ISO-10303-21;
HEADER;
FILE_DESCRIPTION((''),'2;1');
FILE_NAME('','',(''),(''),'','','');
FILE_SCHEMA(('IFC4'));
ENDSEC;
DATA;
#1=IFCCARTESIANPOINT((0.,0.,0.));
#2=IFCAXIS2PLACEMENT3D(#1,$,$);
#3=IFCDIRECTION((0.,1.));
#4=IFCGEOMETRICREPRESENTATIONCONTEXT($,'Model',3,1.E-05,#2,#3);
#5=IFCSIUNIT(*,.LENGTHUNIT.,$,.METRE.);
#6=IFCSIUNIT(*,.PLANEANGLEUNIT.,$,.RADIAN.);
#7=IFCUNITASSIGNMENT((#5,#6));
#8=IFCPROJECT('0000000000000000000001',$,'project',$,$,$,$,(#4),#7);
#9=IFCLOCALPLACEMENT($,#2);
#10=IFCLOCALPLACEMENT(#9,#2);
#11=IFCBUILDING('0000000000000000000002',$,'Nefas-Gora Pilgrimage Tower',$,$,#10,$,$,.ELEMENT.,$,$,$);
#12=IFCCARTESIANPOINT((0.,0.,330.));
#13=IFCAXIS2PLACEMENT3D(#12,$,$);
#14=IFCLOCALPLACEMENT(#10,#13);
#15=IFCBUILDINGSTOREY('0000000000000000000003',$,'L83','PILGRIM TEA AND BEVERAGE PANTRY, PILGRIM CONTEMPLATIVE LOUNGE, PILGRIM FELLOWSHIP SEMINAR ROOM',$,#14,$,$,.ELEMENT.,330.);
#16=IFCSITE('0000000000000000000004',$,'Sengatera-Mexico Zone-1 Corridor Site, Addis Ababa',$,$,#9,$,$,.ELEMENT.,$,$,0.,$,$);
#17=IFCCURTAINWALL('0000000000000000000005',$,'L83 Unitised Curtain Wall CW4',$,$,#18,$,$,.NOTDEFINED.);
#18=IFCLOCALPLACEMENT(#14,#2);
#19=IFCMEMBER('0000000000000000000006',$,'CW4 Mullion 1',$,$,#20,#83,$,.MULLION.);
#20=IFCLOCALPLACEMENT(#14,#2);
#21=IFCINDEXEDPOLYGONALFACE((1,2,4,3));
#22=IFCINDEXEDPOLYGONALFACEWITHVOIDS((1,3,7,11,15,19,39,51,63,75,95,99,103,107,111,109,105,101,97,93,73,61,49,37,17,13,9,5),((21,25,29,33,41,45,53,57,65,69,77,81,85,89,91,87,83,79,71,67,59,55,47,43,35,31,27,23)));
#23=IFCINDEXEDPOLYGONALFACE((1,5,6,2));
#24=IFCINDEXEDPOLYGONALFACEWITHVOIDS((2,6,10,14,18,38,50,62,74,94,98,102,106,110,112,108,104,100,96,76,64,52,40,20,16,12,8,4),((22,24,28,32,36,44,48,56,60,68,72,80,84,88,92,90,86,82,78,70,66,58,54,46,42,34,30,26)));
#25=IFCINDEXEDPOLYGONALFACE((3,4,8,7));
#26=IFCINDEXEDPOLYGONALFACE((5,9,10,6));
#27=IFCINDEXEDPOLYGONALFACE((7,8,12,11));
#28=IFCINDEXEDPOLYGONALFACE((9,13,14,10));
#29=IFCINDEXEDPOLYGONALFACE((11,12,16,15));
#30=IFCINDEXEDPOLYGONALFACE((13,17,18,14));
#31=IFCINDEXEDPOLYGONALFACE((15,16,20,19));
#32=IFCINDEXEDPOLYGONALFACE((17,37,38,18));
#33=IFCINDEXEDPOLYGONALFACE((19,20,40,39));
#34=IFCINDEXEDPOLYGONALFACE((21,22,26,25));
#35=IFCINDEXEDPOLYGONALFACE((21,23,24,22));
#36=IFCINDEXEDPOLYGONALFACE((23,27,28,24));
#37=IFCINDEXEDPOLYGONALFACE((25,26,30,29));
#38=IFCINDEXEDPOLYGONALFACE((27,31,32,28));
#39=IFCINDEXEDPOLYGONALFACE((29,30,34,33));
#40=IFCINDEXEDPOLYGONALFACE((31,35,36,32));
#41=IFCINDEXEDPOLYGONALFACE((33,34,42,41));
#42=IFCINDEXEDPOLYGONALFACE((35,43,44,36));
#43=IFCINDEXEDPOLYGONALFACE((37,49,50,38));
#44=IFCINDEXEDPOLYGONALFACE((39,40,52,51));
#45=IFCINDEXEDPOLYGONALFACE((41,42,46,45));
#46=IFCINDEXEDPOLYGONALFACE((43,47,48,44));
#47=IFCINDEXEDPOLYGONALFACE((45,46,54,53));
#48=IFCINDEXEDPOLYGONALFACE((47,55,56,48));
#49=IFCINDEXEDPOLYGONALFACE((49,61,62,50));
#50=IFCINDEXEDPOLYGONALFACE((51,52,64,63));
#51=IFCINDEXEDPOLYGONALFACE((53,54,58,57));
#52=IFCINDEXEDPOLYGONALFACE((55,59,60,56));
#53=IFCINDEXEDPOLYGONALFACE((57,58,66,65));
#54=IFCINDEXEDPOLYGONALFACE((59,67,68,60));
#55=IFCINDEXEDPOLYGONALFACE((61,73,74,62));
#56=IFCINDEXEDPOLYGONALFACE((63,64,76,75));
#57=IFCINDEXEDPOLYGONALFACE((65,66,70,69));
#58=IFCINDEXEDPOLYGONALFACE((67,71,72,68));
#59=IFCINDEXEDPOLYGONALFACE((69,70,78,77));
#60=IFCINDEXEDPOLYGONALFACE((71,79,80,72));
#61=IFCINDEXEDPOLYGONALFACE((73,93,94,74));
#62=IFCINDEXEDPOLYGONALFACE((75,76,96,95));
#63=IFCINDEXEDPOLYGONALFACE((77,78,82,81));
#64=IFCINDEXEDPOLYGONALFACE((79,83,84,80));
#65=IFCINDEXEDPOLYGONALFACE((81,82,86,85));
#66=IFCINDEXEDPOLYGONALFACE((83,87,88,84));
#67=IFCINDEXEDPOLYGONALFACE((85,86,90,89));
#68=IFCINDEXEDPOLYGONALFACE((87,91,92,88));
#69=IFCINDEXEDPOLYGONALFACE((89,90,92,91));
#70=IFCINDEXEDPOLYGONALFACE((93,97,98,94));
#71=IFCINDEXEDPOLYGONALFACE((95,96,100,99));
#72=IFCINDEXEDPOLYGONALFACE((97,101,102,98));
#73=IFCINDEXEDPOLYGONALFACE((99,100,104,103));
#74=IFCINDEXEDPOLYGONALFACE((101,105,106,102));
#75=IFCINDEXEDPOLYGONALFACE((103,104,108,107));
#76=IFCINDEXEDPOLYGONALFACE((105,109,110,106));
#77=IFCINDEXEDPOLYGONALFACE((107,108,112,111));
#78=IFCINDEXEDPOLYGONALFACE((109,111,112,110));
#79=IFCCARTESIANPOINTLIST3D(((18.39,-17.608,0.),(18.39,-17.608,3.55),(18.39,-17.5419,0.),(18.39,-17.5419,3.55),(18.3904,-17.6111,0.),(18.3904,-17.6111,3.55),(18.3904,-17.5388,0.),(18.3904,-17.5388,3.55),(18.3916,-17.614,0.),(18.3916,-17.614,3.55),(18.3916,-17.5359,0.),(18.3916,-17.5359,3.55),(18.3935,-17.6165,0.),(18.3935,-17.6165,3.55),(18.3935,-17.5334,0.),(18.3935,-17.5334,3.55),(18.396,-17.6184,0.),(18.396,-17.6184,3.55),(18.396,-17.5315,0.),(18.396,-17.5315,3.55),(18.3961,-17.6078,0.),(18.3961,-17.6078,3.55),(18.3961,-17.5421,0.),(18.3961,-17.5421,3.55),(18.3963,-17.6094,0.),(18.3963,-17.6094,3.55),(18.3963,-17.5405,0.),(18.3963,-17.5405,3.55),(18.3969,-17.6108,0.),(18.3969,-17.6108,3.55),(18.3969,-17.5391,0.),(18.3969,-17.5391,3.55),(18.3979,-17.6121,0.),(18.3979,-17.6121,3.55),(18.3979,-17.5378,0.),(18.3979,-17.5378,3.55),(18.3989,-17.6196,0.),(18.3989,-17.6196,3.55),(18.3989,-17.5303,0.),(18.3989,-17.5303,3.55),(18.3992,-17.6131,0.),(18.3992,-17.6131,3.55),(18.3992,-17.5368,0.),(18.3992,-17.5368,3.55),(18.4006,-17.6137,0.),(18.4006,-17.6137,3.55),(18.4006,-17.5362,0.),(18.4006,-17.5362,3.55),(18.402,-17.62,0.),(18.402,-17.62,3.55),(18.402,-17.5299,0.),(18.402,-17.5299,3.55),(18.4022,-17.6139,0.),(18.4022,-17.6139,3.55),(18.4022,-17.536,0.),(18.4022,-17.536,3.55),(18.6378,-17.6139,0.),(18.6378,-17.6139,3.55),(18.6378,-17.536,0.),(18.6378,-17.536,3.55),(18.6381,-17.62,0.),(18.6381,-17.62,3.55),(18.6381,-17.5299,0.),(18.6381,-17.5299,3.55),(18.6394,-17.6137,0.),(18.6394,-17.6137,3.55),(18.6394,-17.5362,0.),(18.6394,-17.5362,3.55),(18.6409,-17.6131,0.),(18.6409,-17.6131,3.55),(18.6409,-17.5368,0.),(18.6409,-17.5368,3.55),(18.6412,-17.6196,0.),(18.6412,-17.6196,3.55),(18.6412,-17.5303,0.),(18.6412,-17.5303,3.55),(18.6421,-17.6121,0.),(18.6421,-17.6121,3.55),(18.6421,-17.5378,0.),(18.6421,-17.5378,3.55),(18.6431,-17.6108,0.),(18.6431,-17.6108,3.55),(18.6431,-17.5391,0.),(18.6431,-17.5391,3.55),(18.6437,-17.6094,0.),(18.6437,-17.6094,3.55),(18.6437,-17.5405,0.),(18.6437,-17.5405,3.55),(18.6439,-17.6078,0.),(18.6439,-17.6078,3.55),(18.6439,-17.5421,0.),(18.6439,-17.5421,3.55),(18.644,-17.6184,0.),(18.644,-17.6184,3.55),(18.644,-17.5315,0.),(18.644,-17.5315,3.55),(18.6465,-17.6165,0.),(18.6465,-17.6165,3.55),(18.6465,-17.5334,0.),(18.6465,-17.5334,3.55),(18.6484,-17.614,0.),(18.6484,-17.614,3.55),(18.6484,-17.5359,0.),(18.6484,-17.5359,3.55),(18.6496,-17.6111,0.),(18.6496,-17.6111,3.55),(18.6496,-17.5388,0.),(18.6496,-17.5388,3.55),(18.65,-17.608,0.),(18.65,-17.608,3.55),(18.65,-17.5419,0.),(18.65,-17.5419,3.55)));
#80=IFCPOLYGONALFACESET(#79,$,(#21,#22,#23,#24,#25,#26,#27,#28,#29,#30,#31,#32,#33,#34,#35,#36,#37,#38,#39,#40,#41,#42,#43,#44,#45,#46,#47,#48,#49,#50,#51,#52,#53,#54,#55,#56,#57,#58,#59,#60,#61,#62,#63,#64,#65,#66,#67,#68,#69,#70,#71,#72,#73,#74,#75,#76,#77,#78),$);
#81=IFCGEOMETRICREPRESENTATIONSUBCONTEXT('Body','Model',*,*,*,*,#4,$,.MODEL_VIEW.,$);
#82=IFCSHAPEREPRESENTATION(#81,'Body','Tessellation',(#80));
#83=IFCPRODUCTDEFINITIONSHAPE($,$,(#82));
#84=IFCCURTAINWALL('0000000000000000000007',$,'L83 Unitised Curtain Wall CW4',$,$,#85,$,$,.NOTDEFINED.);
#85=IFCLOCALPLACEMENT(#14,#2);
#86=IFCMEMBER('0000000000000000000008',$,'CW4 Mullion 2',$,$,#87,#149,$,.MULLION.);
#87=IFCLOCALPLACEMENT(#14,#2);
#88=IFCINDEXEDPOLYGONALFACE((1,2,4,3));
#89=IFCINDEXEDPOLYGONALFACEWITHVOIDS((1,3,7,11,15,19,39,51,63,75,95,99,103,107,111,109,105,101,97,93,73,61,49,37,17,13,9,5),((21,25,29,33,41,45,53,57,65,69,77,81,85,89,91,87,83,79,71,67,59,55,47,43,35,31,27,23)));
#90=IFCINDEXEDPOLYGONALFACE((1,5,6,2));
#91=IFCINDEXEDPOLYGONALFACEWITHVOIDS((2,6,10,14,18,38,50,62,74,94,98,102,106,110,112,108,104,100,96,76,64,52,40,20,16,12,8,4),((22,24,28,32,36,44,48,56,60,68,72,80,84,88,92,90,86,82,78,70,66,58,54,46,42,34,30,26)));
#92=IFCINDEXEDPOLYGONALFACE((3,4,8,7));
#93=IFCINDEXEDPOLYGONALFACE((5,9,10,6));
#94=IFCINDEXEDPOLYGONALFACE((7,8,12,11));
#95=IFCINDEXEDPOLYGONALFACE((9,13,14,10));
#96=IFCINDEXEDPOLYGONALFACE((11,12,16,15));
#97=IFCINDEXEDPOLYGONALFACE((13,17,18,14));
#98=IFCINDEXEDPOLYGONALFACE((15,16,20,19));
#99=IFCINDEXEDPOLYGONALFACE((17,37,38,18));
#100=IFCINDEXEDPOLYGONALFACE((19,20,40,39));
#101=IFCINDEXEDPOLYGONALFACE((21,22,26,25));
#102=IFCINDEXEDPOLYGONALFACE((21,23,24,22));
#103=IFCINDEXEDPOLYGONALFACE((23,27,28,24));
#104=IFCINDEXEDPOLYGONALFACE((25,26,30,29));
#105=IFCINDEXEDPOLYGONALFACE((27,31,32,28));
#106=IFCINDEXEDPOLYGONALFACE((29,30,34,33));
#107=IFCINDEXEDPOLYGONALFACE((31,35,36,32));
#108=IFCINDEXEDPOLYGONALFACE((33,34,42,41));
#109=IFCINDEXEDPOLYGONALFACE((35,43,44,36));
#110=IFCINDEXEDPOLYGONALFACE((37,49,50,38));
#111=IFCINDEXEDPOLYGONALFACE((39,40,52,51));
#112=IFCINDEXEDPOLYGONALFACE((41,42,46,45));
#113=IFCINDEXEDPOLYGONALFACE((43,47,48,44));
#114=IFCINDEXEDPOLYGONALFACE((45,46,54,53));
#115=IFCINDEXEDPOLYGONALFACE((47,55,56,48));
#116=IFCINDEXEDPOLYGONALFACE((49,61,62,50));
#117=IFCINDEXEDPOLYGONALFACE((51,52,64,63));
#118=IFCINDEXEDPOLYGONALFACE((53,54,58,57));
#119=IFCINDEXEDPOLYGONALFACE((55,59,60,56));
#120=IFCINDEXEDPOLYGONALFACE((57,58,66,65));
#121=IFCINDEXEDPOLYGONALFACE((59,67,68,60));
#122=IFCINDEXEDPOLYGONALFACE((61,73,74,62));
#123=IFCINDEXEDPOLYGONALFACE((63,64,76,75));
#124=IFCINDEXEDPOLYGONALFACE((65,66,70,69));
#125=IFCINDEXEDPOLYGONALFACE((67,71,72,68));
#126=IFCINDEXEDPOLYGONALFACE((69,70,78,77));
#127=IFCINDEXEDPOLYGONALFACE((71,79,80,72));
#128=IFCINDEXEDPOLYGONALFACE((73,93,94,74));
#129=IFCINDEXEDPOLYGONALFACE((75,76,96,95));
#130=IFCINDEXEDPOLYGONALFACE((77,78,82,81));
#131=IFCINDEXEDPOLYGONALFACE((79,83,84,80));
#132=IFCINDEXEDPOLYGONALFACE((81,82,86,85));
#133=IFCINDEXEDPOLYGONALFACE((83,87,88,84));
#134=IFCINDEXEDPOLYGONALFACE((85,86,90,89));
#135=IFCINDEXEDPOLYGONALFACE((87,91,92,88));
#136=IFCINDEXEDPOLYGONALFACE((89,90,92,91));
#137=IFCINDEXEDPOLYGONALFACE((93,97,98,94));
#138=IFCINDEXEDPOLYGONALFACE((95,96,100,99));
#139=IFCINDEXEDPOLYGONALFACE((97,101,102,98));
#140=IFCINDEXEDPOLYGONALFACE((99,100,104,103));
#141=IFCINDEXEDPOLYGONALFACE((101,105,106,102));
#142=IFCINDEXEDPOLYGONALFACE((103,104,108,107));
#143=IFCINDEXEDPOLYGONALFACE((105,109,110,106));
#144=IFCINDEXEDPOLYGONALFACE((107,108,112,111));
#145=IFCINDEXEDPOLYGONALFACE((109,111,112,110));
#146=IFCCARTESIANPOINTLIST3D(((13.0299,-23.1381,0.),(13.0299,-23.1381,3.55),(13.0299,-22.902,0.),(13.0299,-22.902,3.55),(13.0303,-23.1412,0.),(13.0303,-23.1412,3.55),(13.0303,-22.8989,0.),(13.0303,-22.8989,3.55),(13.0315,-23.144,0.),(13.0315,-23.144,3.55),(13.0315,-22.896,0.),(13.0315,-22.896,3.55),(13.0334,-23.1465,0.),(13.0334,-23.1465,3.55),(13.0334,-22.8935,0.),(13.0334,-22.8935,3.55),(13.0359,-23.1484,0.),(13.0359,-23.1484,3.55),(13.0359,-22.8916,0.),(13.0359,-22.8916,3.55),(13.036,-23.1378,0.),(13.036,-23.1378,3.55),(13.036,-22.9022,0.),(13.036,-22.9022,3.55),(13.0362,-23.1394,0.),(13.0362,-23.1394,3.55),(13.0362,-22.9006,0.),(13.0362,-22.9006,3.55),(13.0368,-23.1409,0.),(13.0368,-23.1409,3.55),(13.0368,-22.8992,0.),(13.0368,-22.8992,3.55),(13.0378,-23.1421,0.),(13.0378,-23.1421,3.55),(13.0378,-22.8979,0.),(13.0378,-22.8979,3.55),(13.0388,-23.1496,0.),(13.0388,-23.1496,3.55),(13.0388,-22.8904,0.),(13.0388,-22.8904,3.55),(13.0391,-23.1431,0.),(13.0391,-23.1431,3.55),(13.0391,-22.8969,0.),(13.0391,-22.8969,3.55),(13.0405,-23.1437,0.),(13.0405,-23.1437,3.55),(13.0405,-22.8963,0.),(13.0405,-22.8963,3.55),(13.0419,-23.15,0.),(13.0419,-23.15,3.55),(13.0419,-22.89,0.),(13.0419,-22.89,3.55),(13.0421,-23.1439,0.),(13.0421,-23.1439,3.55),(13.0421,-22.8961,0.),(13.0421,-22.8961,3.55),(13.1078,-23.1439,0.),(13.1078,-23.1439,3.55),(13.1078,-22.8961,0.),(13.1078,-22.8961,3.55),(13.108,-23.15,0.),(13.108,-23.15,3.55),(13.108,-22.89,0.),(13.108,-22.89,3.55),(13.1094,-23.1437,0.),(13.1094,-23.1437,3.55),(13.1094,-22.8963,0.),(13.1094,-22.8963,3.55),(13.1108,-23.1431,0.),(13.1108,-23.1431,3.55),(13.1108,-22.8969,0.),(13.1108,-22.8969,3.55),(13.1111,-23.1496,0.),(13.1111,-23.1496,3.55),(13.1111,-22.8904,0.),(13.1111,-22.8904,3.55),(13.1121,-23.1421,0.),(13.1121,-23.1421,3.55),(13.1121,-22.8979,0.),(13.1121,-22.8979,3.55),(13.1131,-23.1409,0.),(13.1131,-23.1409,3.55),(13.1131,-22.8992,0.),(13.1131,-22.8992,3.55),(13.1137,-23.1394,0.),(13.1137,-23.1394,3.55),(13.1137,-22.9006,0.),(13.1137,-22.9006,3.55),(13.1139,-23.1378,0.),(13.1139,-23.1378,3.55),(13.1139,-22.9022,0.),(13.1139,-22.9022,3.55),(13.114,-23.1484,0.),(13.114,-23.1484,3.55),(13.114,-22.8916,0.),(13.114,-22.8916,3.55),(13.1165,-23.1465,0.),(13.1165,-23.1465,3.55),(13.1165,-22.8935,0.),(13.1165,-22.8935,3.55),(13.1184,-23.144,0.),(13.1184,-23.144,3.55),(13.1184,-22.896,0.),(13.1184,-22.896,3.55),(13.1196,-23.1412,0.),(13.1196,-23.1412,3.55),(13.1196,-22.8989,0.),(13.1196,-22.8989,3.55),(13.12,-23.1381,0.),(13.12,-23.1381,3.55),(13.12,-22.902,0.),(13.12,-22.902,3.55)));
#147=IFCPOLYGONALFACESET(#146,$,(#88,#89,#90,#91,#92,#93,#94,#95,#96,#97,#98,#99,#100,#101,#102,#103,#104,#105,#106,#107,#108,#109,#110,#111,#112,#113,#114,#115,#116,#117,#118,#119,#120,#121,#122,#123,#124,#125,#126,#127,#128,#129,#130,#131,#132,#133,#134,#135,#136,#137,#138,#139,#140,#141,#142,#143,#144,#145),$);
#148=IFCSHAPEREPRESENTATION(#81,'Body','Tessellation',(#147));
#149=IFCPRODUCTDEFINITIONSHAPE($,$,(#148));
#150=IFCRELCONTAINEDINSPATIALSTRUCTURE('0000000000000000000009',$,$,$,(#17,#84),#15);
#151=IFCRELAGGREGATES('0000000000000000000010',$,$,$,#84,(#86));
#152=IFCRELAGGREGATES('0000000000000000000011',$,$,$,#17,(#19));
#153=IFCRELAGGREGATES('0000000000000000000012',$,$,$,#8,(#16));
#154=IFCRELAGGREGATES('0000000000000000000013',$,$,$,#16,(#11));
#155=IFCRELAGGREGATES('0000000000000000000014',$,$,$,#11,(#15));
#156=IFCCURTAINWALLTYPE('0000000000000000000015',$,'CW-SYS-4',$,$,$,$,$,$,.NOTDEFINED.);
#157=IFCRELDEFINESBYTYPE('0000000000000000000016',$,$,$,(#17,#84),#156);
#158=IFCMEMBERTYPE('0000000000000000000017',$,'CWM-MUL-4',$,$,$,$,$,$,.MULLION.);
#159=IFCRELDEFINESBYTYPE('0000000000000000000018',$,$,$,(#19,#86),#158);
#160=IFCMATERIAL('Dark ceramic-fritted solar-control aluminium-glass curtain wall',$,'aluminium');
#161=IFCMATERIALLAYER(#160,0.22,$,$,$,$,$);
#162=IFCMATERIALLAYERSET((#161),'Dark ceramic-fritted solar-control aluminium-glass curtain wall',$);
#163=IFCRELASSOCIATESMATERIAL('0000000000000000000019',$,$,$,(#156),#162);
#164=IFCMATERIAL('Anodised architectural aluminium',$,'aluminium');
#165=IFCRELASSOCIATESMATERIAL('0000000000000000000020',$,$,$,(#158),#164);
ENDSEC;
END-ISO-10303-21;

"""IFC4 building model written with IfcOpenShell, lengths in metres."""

from ifc_helpers import new_model, si_unit, direction, frame, origin, origin_2d, place, context, subcontext, project, spatial, hollow_rectangle, extrude, source, transform, mapped, material, layer, layer_set, material_profile, profile_set, type_object, element, aggregate, save


model = new_model("IFC4")

# Units and contexts
model_context = context("Model", 3, precision=1e-05, world=origin(), true_north=direction((0.0, 1.0)))
body_context = subcontext(model_context, "Body", "Model", "MODEL_VIEW")
ifc_project = project(units=[si_unit("LENGTHUNIT", "METRE"), si_unit("PLANEANGLEUNIT", "RADIAN")], contexts=[model_context])

# Site, building, storey
site_placement = place(None, origin())
site = spatial("IfcSite", under=ifc_project, at=site_placement, Name="Sengatera-Mexico Zone-1 Corridor Site, Addis Ababa", CompositionType="ELEMENT", RefElevation=0.0)
building_placement = place(site_placement, origin())
building = spatial("IfcBuilding", under=site, at=building_placement, Name="Nefas-Gora Pilgrimage Tower", CompositionType="ELEMENT")
storey_placement = place(building_placement, frame((0.0, 0.0, 330.0)))
storey = spatial("IfcBuildingStorey", under=building, at=storey_placement, Name="L83", Description="PILGRIM TEA AND BEVERAGE PANTRY, PILGRIM CONTEMPLATIVE LOUNGE, PILGRIM FELLOWSHIP SEMINAR ROOM", CompositionType="ELEMENT", Elevation=330.0)

# Curtain walls, members
ifc_material_1 = material(Name="Dark ceramic-fritted solar-control aluminium-glass curtain wall", Category="aluminium")
ifc_layer_1 = layer(ifc_material_1, 0.22)
ifc_layer_set_1 = layer_set([ifc_layer_1], Name="Dark ceramic-fritted solar-control aluminium-glass curtain wall")
curtain_wall_type = type_object("IfcCurtainWallType", Name="CW-SYS-4", PredefinedType="NOTDEFINED", material=ifc_layer_set_1)
curtain_wall_1_placement = place(storey_placement, origin())
curtain_wall_1 = element("IfcCurtainWall", 1, at=curtain_wall_1_placement, inside=storey, type_object=curtain_wall_type, Name="L83 Unitised Curtain Wall CW4", PredefinedType="NOTDEFINED")
ifc_material_2 = material(Name="Anodised architectural aluminium", Category="aluminium")
ifc_material_profile_1 = material_profile(ifc_material_2, hollow_rectangle(XDim=0.0901, YDim=0.26, WallThickness=0.0061, InnerFilletRadius=0.0061, OuterFilletRadius=0.012, at=origin_2d()), Name="ALU MULLION 90x260")
ifc_profile_set_1 = profile_set([ifc_material_profile_1], Name="Anodised architectural aluminium")
member_type_1 = type_object("IfcMemberType", Name="CWM-MUL-4", PredefinedType="MULLION", material=ifc_profile_set_1)
shared_shape_1 = source(origin(), body_context, "Body", "SweptSolid", [
    extrude(hollow_rectangle(XDim=0.0901, YDim=0.26, WallThickness=0.0061, InnerFilletRadius=0.0061, OuterFilletRadius=0.012, at=origin_2d()), origin(), (0.0, 0.0, 1.0), 3.55),
])
member_1_placement = place(storey_placement, frame((18.52, -17.575, 0.0), z_axis=(0.0, 0.0, 1.0), x_axis=(0.0, 1.0, 0.0)))
member_1 = element("IfcMember", 2, at=member_1_placement, type_object=member_type_1, Name="CW4 Mullion 1", PredefinedType="MULLION", context=body_context, shape_type="MappedRepresentation", body=[
    mapped(shared_shape_1, transform((0.0, 0.0, 0.0), x_axis=(1.0, 0.0, 0.0), y_axis=(0.0, 1.0, 0.0), z_axis=(0.0, 0.0, 1.0), scale=1.0)),
])
curtain_wall_2_placement = place(storey_placement, origin())
curtain_wall_2 = element("IfcCurtainWall", 3, at=curtain_wall_2_placement, inside=storey, type_object=curtain_wall_type, Name="L83 Unitised Curtain Wall CW4", PredefinedType="NOTDEFINED")
member_2_placement = place(storey_placement, frame((13.075, -23.02, 0.0), z_axis=(0.0, 0.0, 1.0), x_axis=(1.0, 0.0, 0.0)))
member_2 = element("IfcMember", 4, at=member_2_placement, type_object=member_type_1, Name="CW4 Mullion 2", PredefinedType="MULLION", context=body_context, shape_type="MappedRepresentation", body=[
    mapped(shared_shape_1, transform((0.0, 0.0, 0.0), x_axis=(1.0, 0.0, 0.0), y_axis=(0.0, 1.0, 0.0), z_axis=(0.0, 0.0, 1.0), scale=1.0)),
])
aggregate(curtain_wall_2, [member_2])

aggregate(curtain_wall_1, [member_1])

save(model, "model.ifc")
